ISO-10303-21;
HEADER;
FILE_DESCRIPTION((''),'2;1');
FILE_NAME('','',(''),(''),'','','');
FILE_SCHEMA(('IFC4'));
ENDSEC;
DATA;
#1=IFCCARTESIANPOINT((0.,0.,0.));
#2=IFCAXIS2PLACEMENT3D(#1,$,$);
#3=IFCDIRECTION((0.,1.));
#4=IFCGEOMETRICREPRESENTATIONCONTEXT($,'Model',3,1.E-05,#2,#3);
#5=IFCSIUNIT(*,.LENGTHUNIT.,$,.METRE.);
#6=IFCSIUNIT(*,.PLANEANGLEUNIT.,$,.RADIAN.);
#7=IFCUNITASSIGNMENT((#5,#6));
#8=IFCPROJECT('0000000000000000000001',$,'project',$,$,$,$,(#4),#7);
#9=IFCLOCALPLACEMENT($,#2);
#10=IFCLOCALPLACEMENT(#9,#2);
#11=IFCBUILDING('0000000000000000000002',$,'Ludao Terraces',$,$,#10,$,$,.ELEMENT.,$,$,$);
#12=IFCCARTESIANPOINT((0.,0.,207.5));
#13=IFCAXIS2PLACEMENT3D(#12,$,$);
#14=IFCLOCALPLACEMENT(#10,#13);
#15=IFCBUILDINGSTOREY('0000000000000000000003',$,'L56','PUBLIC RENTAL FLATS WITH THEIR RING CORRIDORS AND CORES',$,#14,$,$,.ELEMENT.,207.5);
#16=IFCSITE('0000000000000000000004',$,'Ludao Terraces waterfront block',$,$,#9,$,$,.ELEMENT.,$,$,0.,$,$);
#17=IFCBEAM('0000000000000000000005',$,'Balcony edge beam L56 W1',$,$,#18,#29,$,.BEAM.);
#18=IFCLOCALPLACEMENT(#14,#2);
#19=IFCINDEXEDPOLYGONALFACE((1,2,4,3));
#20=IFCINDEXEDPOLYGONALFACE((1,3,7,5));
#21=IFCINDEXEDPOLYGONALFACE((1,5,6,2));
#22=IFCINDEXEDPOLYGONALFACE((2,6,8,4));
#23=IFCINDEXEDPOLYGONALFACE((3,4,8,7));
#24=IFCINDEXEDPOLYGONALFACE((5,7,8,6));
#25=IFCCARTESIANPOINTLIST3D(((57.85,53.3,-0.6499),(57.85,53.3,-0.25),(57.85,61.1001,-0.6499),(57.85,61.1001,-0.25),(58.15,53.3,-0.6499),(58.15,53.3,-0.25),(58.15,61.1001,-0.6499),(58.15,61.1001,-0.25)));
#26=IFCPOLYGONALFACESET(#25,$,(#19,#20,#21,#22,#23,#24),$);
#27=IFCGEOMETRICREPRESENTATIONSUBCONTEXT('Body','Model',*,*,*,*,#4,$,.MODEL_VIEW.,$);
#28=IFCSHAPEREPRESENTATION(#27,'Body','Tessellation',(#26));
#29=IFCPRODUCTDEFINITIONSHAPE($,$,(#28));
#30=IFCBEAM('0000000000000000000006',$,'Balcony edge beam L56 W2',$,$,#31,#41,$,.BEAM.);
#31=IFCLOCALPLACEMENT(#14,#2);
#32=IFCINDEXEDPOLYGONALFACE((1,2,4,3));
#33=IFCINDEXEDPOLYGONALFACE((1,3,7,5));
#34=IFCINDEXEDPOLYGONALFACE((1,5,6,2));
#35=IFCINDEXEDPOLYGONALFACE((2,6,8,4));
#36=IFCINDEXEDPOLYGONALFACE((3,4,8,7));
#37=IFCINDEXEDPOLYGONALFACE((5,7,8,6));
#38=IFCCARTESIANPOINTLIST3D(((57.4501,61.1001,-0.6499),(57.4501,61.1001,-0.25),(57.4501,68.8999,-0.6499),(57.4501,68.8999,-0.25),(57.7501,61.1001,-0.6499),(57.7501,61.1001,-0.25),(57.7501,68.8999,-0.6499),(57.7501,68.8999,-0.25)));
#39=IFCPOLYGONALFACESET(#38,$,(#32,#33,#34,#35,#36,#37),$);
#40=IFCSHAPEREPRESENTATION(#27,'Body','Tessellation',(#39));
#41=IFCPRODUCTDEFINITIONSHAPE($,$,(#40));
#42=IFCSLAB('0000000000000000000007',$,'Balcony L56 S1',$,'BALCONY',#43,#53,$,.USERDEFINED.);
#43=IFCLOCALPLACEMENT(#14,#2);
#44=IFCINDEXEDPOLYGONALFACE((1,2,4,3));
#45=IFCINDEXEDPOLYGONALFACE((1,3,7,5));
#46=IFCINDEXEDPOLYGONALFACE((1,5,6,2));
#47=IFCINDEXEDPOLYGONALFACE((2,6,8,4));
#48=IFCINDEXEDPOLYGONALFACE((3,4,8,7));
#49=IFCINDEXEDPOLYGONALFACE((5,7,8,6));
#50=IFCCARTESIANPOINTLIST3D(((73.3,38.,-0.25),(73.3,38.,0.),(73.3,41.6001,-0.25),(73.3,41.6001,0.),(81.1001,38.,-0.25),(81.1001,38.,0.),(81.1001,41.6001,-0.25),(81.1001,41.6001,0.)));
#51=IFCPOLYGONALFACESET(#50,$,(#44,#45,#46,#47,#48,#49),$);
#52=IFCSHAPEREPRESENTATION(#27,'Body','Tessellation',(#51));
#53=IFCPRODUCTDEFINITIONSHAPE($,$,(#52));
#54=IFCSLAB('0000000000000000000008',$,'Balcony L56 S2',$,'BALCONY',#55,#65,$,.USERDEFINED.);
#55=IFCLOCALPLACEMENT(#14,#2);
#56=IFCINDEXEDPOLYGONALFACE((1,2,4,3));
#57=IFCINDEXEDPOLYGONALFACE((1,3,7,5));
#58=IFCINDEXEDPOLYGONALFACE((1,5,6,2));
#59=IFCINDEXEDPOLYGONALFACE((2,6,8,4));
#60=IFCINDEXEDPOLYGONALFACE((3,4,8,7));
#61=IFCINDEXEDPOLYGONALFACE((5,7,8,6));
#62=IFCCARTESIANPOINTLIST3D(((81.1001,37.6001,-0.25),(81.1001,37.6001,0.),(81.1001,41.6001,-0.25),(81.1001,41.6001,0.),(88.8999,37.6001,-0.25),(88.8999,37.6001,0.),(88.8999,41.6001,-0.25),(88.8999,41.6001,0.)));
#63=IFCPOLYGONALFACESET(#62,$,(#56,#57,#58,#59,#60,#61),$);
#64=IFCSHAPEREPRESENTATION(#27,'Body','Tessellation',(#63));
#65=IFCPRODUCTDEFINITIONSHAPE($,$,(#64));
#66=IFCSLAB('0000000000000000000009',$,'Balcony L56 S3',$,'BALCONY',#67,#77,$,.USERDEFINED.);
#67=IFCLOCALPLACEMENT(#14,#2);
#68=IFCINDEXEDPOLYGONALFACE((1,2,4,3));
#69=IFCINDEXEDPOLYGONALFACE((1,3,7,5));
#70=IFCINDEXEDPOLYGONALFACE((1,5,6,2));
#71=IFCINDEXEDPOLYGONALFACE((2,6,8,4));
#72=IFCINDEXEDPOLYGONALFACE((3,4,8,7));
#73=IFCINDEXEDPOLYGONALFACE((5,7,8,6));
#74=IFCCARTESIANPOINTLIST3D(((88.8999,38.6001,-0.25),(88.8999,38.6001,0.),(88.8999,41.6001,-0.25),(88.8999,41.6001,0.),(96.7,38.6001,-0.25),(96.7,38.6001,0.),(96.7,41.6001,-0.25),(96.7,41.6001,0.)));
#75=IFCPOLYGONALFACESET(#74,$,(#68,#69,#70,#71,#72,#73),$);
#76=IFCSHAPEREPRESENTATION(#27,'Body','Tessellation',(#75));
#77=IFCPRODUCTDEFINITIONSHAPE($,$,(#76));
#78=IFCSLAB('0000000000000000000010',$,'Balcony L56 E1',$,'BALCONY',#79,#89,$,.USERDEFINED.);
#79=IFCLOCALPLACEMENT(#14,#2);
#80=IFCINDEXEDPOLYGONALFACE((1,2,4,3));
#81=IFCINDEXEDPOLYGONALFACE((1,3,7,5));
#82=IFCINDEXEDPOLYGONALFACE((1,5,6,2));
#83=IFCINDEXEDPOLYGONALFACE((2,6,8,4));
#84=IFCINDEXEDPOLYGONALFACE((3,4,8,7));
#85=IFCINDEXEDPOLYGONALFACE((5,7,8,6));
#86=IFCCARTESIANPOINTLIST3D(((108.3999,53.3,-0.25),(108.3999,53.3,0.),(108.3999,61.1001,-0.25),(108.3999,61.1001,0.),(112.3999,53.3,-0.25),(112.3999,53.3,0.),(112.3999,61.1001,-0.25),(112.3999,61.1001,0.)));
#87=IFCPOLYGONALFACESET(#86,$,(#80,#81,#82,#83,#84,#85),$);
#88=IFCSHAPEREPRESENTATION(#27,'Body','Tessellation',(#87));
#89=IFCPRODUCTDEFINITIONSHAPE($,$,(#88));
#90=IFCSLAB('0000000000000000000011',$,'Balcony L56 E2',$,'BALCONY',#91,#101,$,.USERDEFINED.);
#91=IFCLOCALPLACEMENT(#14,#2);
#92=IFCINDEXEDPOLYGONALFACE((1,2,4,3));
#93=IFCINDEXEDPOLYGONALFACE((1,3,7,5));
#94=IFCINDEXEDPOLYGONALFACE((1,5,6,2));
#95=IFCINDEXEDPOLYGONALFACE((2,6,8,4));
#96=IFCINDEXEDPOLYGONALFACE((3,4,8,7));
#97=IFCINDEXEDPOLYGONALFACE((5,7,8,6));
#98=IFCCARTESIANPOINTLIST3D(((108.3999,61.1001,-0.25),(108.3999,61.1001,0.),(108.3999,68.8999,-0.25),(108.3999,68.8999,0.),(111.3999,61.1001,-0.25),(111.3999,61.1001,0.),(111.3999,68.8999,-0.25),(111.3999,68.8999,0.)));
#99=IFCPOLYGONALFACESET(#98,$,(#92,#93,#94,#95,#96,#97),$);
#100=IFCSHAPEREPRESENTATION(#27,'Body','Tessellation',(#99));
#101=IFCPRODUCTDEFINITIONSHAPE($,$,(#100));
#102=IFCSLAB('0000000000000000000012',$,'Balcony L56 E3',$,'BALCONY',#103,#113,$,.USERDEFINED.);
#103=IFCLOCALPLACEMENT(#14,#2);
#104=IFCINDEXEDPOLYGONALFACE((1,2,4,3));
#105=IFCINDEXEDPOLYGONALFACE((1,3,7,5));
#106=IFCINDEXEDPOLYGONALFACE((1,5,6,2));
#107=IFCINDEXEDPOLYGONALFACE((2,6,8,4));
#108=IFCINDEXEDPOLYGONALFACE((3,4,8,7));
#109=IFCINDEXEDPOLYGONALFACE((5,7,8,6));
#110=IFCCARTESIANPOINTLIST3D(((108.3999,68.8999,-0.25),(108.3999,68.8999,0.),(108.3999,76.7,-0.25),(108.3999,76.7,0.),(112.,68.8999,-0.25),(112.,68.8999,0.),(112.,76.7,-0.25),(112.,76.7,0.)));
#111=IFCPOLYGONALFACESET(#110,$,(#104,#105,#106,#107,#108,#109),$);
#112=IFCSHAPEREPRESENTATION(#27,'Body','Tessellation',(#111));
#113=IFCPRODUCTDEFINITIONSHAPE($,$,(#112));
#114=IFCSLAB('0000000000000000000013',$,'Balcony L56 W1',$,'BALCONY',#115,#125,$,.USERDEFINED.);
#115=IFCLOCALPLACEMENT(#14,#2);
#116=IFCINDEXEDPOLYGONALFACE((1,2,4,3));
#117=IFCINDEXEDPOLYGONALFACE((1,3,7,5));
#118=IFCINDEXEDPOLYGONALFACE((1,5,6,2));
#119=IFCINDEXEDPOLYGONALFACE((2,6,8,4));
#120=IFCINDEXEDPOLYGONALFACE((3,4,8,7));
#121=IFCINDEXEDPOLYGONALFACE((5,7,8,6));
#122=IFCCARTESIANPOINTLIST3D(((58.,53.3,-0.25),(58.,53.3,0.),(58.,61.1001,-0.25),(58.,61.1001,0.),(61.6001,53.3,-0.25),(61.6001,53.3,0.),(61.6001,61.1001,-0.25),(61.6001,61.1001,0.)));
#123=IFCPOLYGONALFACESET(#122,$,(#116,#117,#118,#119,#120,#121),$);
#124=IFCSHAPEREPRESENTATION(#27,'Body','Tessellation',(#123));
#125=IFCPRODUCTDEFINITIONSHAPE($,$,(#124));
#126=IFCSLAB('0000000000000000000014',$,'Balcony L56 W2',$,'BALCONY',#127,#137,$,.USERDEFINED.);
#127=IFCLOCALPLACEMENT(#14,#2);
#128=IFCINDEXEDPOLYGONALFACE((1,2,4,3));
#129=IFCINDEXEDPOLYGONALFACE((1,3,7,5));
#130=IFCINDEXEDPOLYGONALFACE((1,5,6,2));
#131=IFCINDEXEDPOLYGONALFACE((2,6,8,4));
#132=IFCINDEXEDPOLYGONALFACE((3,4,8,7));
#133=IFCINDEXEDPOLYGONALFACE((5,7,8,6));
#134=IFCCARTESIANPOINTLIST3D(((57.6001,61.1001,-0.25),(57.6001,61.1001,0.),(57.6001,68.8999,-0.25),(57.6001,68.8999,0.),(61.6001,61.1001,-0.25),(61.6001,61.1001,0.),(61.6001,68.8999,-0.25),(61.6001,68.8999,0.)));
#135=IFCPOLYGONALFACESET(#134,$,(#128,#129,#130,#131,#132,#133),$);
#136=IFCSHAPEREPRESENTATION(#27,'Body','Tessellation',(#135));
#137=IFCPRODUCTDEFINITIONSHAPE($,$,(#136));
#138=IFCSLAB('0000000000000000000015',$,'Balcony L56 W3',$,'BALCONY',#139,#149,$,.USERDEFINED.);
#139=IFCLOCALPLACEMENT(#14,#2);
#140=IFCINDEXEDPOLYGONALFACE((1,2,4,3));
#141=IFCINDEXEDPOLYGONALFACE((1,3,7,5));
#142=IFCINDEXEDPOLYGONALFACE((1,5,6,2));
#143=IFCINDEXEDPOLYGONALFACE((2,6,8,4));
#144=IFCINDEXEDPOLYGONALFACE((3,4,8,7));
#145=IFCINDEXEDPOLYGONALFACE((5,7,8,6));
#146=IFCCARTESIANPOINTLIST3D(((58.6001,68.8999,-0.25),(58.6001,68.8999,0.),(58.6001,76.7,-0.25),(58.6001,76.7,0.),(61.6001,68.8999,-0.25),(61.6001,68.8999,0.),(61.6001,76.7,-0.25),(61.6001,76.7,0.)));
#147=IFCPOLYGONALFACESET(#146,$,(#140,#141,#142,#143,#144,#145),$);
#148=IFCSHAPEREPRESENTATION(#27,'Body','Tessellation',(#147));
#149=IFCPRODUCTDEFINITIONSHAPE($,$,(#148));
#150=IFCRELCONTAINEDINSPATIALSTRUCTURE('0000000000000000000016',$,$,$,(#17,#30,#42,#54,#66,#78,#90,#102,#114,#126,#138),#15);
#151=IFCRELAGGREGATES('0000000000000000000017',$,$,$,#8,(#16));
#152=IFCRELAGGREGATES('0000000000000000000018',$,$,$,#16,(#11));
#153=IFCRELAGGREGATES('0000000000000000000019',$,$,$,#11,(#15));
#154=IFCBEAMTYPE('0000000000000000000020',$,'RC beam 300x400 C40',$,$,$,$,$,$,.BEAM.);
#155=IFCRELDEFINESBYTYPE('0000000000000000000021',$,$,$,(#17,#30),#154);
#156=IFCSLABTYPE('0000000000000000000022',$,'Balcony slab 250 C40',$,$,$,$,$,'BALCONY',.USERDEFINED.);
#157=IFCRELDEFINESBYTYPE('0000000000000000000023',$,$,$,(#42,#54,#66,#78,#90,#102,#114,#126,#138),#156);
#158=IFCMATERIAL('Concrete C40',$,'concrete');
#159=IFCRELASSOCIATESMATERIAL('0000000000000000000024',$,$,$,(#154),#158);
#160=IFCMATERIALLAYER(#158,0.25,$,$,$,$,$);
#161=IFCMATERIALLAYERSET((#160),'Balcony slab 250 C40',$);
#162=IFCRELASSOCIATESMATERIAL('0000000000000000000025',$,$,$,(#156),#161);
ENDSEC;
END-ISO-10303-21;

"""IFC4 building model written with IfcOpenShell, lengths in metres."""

from ifc_helpers import new_model, si_unit, direction, frame, origin, origin_2d, place, context, subcontext, project, spatial, polyline, rectangle, outline, extrude, material, layer, layer_set, material_profile, profile_set, type_object, element, save


model = new_model("IFC4")

# Units and contexts
model_context = context("Model", 3, precision=1e-05, world=origin(), true_north=direction((0.0, 1.0)))
body_context = subcontext(model_context, "Body", "Model", "MODEL_VIEW")
ifc_project = project(units=[si_unit("LENGTHUNIT", "METRE"), si_unit("PLANEANGLEUNIT", "RADIAN")], contexts=[model_context])

# Site, building, storey
site_placement = place(None, origin())
site = spatial("IfcSite", under=ifc_project, at=site_placement, Name="Ludao Terraces waterfront block", CompositionType="ELEMENT", RefElevation=0.0)
building_placement = place(site_placement, origin())
building = spatial("IfcBuilding", under=site, at=building_placement, Name="Ludao Terraces", CompositionType="ELEMENT")
storey_placement = place(building_placement, frame((0.0, 0.0, 207.5)))
storey = spatial("IfcBuildingStorey", under=building, at=storey_placement, Name="L56", Description="PUBLIC RENTAL FLATS WITH THEIR RING CORRIDORS AND CORES", CompositionType="ELEMENT", Elevation=207.5)

# Beams
ifc_material_1 = material(Name="Concrete C40", Category="concrete")
ifc_material_profile = material_profile(ifc_material_1, rectangle(XDim=0.3, YDim=0.3999, at=origin_2d()), Name="300 X 400")
ifc_profile_set = profile_set([ifc_material_profile], Name="Concrete C40")
beam_type = type_object("IfcBeamType", Name="RC beam 300x400 C40", PredefinedType="BEAM", material=ifc_profile_set)
beam_1_placement = place(storey_placement, frame((58.0, 53.3, -0.45), z_axis=(0.0, 1.0, 0.0), x_axis=(-1.0, 0.0, 0.0)))
element("IfcBeam", 1, at=beam_1_placement, inside=storey, type_object=beam_type, Name="Balcony edge beam L56 W1", PredefinedType="BEAM", context=body_context, shape_type="SweptSolid", body=[
    extrude(rectangle(XDim=0.3, YDim=0.3999, at=origin_2d()), origin(), (0.0, 0.0, 1.0), 7.8),
])
beam_2_placement = place(storey_placement, frame((57.6001, 61.1001, -0.45), z_axis=(0.0, 1.0, 0.0), x_axis=(-1.0, 0.0, 0.0)))
element("IfcBeam", 2, at=beam_2_placement, inside=storey, type_object=beam_type, Name="Balcony edge beam L56 W2", PredefinedType="BEAM", context=body_context, shape_type="SweptSolid", body=[
    extrude(rectangle(XDim=0.3, YDim=0.3999, at=origin_2d()), origin(), (0.0, 0.0, 1.0), 7.7998),
])

# Slabs
ifc_layer_1 = layer(ifc_material_1, 0.25)
ifc_layer_set_1 = layer_set([ifc_layer_1], Name="Balcony slab 250 C40")
slab_type_1 = type_object("IfcSlabType", Name="Balcony slab 250 C40", ElementType="BALCONY", PredefinedType="USERDEFINED", material=ifc_layer_set_1)
slab_1_placement = place(storey_placement, frame((0.0, 0.0, -0.25)))
element("IfcSlab", 3, at=slab_1_placement, inside=storey, type_object=slab_type_1, Name="Balcony L56 S1", ObjectType="BALCONY", PredefinedType="USERDEFINED", context=body_context, shape_type="SweptSolid", body=[
    extrude(outline(polyline([(73.3, 38.0), (81.1001, 38.0), (81.1001, 41.6001), (73.3, 41.6001), (73.3, 38.0)])), origin(), (0.0, 0.0, 1.0), 0.25),
])
slab_2_placement = place(storey_placement, frame((0.0, 0.0, -0.25)))
element("IfcSlab", 4, at=slab_2_placement, inside=storey, type_object=slab_type_1, Name="Balcony L56 S2", ObjectType="BALCONY", PredefinedType="USERDEFINED", context=body_context, shape_type="SweptSolid", body=[
    extrude(outline(polyline([(81.1001, 37.6001), (88.8999, 37.6001), (88.8999, 41.6001), (81.1001, 41.6001), (81.1001, 37.6001)])), origin(), (0.0, 0.0, 1.0), 0.25),
])
slab_3_placement = place(storey_placement, frame((0.0, 0.0, -0.25)))
element("IfcSlab", 5, at=slab_3_placement, inside=storey, type_object=slab_type_1, Name="Balcony L56 S3", ObjectType="BALCONY", PredefinedType="USERDEFINED", context=body_context, shape_type="SweptSolid", body=[
    extrude(outline(polyline([(88.8999, 38.6001), (96.7, 38.6001), (96.7, 41.6001), (88.8999, 41.6001), (88.8999, 38.6001)])), origin(), (0.0, 0.0, 1.0), 0.25),
])
slab_4_placement = place(storey_placement, frame((0.0, 0.0, -0.25)))
element("IfcSlab", 6, at=slab_4_placement, inside=storey, type_object=slab_type_1, Name="Balcony L56 E1", ObjectType="BALCONY", PredefinedType="USERDEFINED", context=body_context, shape_type="SweptSolid", body=[
    extrude(outline(polyline([(108.3999, 53.3), (112.3999, 53.3), (112.3999, 61.1001), (108.3999, 61.1001), (108.3999, 53.3)])), origin(), (0.0, 0.0, 1.0), 0.25),
])
slab_5_placement = place(storey_placement, frame((0.0, 0.0, -0.25)))
element("IfcSlab", 7, at=slab_5_placement, inside=storey, type_object=slab_type_1, Name="Balcony L56 E2", ObjectType="BALCONY", PredefinedType="USERDEFINED", context=body_context, shape_type="SweptSolid", body=[
    extrude(outline(polyline([(108.3999, 61.1001), (111.3999, 61.1001), (111.3999, 68.8999), (108.3999, 68.8999), (108.3999, 61.1001)])), origin(), (0.0, 0.0, 1.0), 0.25),
])
slab_6_placement = place(storey_placement, frame((0.0, 0.0, -0.25)))
element("IfcSlab", 8, at=slab_6_placement, inside=storey, type_object=slab_type_1, Name="Balcony L56 E3", ObjectType="BALCONY", PredefinedType="USERDEFINED", context=body_context, shape_type="SweptSolid", body=[
    extrude(outline(polyline([(108.3999, 68.8999), (112.0, 68.8999), (112.0, 76.7), (108.3999, 76.7), (108.3999, 68.8999)])), origin(), (0.0, 0.0, 1.0), 0.25),
])
slab_7_placement = place(storey_placement, frame((0.0, 0.0, -0.25)))
element("IfcSlab", 9, at=slab_7_placement, inside=storey, type_object=slab_type_1, Name="Balcony L56 W1", ObjectType="BALCONY", PredefinedType="USERDEFINED", context=body_context, shape_type="SweptSolid", body=[
    extrude(outline(polyline([(58.0, 53.3), (61.6001, 53.3), (61.6001, 61.1001), (58.0, 61.1001), (58.0, 53.3)])), origin(), (0.0, 0.0, 1.0), 0.25),
])
slab_8_placement = place(storey_placement, frame((0.0, 0.0, -0.25)))
element("IfcSlab", 10, at=slab_8_placement, inside=storey, type_object=slab_type_1, Name="Balcony L56 W2", ObjectType="BALCONY", PredefinedType="USERDEFINED", context=body_context, shape_type="SweptSolid", body=[
    extrude(outline(polyline([(57.6001, 61.1001), (61.6001, 61.1001), (61.6001, 68.8999), (57.6001, 68.8999), (57.6001, 61.1001)])), origin(), (0.0, 0.0, 1.0), 0.25),
])
slab_9_placement = place(storey_placement, frame((0.0, 0.0, -0.25)))
element("IfcSlab", 11, at=slab_9_placement, inside=storey, type_object=slab_type_1, Name="Balcony L56 W3", ObjectType="BALCONY", PredefinedType="USERDEFINED", context=body_context, shape_type="SweptSolid", body=[
    extrude(outline(polyline([(58.6001, 68.8999), (61.6001, 68.8999), (61.6001, 76.7), (58.6001, 76.7), (58.6001, 68.8999)])), origin(), (0.0, 0.0, 1.0), 0.25),
])

save(model, "model.ifc")
